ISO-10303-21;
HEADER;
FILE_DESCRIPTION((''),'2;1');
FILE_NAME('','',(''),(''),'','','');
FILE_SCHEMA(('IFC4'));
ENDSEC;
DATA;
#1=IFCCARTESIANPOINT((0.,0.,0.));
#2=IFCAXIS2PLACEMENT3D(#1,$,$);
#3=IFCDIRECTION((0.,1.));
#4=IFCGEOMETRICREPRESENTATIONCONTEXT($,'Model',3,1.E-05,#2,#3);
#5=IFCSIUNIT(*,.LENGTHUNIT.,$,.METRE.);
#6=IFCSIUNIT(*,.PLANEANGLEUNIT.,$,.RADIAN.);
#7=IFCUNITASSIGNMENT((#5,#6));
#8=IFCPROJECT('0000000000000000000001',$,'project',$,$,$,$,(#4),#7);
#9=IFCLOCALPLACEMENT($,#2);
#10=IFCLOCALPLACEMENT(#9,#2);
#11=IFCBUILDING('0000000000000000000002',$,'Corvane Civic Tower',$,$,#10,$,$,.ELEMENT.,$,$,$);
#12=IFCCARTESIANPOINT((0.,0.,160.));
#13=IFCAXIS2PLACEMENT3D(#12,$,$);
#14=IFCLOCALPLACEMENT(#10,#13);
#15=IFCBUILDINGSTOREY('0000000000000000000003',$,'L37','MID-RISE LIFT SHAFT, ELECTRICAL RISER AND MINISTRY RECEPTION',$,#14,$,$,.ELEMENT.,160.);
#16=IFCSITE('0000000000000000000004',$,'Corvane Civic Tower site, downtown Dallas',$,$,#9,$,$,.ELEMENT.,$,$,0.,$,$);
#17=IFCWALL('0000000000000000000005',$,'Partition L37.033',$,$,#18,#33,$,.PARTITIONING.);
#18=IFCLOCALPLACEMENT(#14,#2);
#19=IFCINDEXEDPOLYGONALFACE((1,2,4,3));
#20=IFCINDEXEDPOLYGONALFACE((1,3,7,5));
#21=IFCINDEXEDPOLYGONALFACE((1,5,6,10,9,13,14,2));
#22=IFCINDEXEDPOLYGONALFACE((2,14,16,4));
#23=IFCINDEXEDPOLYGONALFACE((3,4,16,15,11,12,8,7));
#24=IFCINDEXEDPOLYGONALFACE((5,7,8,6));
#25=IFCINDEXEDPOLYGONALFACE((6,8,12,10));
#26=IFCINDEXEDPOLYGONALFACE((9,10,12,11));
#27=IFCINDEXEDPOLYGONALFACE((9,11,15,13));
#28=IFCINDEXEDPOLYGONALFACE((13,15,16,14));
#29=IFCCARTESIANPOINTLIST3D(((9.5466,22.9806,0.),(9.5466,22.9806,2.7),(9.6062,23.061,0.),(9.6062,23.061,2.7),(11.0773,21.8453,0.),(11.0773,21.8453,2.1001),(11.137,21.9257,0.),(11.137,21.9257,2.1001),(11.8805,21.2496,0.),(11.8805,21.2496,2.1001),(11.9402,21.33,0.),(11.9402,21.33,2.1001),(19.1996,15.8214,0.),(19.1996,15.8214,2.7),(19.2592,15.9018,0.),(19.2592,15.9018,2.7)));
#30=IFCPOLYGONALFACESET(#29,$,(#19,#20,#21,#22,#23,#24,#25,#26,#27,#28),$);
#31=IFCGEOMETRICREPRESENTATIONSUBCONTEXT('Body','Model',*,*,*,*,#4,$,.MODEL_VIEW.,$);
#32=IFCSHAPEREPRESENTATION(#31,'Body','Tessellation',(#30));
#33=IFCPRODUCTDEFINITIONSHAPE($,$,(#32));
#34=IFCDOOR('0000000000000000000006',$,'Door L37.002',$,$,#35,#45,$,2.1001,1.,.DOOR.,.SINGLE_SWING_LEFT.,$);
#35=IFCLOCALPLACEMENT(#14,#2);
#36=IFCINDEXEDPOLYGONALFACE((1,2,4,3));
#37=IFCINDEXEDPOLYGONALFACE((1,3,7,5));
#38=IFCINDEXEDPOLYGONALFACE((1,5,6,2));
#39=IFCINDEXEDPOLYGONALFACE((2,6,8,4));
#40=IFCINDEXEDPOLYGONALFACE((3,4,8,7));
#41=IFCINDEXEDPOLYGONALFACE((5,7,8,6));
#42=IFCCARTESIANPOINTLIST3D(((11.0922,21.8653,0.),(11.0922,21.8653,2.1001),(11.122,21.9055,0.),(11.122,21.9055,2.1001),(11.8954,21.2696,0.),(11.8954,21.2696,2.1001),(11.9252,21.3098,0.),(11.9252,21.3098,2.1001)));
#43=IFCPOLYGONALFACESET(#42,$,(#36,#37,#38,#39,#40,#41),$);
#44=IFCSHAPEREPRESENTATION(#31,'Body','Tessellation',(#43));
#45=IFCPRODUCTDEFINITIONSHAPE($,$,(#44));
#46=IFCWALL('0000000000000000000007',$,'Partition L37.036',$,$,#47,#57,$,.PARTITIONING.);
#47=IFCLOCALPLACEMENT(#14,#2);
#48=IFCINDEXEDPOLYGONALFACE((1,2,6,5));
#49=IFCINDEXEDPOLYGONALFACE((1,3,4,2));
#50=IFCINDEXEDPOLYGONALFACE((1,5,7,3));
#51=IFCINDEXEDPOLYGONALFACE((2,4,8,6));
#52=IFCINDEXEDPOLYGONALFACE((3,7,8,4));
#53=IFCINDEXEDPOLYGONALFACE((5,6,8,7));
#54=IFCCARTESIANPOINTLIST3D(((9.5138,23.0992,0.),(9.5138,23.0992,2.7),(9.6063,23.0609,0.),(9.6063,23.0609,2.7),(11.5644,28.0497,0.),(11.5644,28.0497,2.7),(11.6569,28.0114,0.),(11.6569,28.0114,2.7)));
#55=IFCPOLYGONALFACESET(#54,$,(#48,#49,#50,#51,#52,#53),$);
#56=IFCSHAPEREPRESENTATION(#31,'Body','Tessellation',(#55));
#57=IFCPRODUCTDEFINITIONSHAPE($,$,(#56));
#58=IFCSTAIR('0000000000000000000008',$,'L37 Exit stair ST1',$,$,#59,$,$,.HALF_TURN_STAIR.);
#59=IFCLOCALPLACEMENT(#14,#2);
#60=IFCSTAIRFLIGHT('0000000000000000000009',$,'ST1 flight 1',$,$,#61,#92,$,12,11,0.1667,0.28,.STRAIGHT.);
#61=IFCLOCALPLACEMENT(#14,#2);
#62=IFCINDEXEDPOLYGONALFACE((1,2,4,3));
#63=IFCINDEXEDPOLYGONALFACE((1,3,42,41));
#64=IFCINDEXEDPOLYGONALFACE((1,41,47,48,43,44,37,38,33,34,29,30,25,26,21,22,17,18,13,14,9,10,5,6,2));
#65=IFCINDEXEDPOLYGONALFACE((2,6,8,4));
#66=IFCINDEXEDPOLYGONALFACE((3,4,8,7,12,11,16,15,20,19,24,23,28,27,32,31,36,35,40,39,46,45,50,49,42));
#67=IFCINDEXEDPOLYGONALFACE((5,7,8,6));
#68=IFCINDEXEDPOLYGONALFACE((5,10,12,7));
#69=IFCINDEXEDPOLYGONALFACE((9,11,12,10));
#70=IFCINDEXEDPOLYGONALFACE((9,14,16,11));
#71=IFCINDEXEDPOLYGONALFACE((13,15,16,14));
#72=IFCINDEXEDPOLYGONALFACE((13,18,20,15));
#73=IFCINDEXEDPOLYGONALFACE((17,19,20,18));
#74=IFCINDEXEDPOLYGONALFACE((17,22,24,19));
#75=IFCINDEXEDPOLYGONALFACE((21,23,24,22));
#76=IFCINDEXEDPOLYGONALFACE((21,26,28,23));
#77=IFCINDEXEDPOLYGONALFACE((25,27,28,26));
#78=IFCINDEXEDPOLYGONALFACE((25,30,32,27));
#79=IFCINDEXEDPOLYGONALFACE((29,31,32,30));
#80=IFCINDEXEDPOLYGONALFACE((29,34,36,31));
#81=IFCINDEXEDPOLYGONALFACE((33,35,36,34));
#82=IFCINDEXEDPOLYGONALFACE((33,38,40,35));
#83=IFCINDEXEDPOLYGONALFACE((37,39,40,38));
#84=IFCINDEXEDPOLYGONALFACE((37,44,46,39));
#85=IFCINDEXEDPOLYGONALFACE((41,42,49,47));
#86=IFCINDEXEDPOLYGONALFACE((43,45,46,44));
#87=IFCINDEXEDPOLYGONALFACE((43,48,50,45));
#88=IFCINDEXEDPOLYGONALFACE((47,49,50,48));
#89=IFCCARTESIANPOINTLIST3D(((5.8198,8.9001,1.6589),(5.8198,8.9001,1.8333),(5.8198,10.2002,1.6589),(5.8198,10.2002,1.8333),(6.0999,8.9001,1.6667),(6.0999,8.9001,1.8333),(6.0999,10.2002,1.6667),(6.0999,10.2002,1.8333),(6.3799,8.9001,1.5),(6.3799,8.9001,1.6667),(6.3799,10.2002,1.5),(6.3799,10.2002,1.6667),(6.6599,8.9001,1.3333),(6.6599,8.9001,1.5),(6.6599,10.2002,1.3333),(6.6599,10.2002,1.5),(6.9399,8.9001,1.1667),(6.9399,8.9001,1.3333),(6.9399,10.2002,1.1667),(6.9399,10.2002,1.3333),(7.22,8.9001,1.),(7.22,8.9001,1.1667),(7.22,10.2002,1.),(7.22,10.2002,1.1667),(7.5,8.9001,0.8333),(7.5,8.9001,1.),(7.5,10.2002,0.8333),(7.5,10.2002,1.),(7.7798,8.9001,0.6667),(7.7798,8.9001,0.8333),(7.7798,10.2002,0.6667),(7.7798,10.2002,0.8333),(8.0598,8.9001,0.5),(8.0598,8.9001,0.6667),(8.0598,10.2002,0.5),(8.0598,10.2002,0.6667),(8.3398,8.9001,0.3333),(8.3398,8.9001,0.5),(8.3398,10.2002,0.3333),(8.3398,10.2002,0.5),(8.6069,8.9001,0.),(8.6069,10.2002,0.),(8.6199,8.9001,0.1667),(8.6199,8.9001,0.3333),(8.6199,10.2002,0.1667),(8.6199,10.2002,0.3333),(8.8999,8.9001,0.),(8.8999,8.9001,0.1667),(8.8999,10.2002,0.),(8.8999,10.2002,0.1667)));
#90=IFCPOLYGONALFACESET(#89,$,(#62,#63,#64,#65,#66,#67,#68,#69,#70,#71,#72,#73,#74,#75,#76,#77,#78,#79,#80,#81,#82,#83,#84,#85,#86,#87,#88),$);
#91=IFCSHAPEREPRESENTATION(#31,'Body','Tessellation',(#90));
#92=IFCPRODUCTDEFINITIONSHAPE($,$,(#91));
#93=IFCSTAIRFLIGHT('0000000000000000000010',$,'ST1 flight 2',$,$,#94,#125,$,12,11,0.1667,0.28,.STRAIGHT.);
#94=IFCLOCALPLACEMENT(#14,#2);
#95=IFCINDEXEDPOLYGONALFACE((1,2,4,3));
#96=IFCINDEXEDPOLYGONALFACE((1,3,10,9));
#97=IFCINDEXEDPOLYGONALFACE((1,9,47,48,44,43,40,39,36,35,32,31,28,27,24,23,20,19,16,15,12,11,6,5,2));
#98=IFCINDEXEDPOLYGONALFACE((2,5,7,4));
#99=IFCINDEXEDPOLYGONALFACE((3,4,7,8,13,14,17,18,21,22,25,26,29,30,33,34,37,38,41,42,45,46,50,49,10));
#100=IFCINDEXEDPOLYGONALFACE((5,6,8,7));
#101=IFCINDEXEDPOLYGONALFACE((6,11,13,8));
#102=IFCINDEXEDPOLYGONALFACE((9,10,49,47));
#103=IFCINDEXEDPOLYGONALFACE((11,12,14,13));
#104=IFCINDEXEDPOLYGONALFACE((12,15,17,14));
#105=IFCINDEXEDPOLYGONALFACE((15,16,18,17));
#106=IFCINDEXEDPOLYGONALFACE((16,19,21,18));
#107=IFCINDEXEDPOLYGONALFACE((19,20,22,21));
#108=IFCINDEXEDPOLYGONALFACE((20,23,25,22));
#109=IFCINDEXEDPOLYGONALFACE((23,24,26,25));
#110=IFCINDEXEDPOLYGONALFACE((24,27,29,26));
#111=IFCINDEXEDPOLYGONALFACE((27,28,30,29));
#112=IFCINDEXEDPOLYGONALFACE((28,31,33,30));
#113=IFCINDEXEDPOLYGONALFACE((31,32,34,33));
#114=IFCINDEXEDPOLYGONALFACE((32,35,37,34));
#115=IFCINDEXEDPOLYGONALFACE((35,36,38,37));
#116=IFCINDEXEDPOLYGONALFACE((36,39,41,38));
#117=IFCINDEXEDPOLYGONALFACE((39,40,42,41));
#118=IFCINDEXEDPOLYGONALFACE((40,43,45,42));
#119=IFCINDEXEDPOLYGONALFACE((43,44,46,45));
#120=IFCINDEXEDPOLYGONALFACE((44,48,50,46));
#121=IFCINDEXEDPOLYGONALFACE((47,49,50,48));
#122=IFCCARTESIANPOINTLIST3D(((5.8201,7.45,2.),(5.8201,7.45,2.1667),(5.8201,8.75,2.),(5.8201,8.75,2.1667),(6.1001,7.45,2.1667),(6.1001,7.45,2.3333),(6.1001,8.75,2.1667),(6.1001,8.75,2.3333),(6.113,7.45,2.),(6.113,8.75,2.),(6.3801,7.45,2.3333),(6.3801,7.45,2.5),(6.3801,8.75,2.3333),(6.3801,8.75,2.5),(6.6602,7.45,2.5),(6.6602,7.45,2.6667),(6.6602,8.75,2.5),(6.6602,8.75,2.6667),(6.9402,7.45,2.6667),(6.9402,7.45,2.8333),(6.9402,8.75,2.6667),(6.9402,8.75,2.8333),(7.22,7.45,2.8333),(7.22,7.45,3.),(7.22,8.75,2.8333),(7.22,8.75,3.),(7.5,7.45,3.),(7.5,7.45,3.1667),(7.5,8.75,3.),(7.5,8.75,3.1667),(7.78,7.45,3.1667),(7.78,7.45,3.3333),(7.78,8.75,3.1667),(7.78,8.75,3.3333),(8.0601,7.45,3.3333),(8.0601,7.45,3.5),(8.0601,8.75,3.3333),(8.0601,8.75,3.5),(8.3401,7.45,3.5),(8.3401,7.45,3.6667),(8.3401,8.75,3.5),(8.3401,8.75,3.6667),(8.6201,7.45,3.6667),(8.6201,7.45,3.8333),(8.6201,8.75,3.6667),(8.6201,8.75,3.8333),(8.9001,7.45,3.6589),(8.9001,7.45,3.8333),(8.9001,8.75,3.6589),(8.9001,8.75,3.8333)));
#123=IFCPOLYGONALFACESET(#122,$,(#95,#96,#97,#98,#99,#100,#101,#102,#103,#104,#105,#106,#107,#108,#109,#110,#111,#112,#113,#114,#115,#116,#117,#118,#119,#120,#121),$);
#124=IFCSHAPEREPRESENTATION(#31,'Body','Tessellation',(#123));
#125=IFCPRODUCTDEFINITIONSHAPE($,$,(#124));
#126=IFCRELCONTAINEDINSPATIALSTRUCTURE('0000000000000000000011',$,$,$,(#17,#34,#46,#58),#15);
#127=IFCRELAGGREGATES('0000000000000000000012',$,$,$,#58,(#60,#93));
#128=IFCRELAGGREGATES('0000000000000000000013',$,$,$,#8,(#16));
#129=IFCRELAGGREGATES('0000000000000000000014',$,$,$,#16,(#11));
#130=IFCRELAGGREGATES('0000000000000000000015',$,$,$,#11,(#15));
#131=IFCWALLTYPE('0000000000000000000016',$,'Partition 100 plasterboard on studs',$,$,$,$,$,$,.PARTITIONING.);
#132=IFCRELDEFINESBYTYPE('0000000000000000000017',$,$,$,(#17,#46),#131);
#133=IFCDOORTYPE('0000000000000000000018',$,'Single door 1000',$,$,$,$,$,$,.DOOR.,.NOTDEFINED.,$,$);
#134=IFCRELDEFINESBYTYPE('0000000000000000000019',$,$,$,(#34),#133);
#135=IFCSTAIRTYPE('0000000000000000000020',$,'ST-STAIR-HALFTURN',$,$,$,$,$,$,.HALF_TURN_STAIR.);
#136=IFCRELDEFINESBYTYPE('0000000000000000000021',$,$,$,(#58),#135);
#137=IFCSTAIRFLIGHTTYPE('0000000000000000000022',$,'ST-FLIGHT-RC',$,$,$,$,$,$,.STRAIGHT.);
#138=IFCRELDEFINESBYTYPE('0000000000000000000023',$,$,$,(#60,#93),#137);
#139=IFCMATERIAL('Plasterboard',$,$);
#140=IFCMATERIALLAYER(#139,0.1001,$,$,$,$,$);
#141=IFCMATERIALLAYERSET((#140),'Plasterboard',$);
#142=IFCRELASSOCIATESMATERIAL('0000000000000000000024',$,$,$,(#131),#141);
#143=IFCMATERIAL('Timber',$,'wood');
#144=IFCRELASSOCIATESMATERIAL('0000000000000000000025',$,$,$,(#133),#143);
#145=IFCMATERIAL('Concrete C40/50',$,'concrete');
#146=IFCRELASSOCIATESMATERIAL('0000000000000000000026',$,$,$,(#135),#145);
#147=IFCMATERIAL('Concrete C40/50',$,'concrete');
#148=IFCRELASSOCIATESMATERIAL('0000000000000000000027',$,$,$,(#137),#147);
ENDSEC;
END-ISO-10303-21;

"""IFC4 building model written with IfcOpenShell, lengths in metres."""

from ifc_helpers import new_model, si_unit, direction, frame, frame_2d, origin, place, context, subcontext, project, spatial, polyline, rectangle, outline, extrude, material, layer, layer_set, type_object, element, fill, aggregate, save


model = new_model("IFC4")

# Units and contexts
model_context = context("Model", 3, precision=1e-05, world=origin(), true_north=direction((0.0, 1.0)))
body_context = subcontext(model_context, "Body", "Model", "MODEL_VIEW")
ifc_project = project(units=[si_unit("LENGTHUNIT", "METRE"), si_unit("PLANEANGLEUNIT", "RADIAN")], contexts=[model_context])

# Site, building, storey
site_placement = place(None, origin())
site = spatial("IfcSite", under=ifc_project, at=site_placement, Name="Corvane Civic Tower site, downtown Dallas", CompositionType="ELEMENT", RefElevation=0.0)
building_placement = place(site_placement, origin())
building = spatial("IfcBuilding", under=site, at=building_placement, Name="Corvane Civic Tower", CompositionType="ELEMENT")
storey_placement = place(building_placement, frame((0.0, 0.0, 160.0)))
storey = spatial("IfcBuildingStorey", under=building, at=storey_placement, Name="L37", Description="MID-RISE LIFT SHAFT, ELECTRICAL RISER AND MINISTRY RECEPTION", CompositionType="ELEMENT", Elevation=160.0)

# Shared definitions
ifc_material_1 = material(Name="Plasterboard")
ifc_layer_1 = layer(ifc_material_1, 0.1001)
ifc_layer_set_1 = layer_set([ifc_layer_1], Name="Plasterboard")
wall_type = type_object("IfcWallType", Name="Partition 100 plasterboard on studs", PredefinedType="PARTITIONING", material=ifc_layer_set_1)

# Wall, opening, door
wall_1_placement = place(storey_placement, frame((9.5764, 23.0208, 0.0), z_axis=(0.0, 0.0, 1.0), x_axis=(0.803209, -0.595698, 0.0)))
wall_1 = element("IfcWall", 1, at=wall_1_placement, inside=storey, type_object=wall_type, Name="Partition L37.033", PredefinedType="PARTITIONING", context=body_context, shape_type="SweptSolid", body=[
    extrude(rectangle(XDim=12.0181, YDim=0.1001, at=frame_2d((6.009, 0.0))), origin(), (0.0, 0.0, 1.0), 2.7),
])
opening_placement = place(wall_1_placement, frame((1.9058, 0.0, 0.0)))
opening = element("IfcOpeningElement", 2, at=opening_placement, cuts=wall_1, PredefinedType="OPENING", context=body_context, shape_type="SweptSolid", body=[
    extrude(rectangle(XDim=1.0, YDim=2.1001, at=frame_2d((0.5, 1.05))), frame((0.0, 0.0601, 0.0), z_axis=(0.0, -1.0, 0.0), x_axis=(1.0, 0.0, 0.0)), (0.0, 0.0, 1.0), 0.1201),
])
ifc_material_2 = material(Name="Timber", Category="wood")
door_type = type_object("IfcDoorType", Name="Single door 1000", OperationType="NOTDEFINED", PredefinedType="DOOR", material=ifc_material_2)
door_placement = place(opening_placement, origin())
door = element("IfcDoor", 3, at=door_placement, inside=storey, type_object=door_type, Name="Door L37.002", OperationType="SINGLE_SWING_LEFT", OverallHeight=2.1001, OverallWidth=1.0, PredefinedType="DOOR", context=body_context, shape_type="SweptSolid", body=[
    extrude(rectangle(XDim=1.0, YDim=2.1001, at=frame_2d((0.5, 1.05))), frame((0.0, 0.0249, 0.0), z_axis=(0.0, -1.0, 0.0), x_axis=(1.0, 0.0, 0.0)), (0.0, 0.0, 1.0), 0.05),
])
fill(opening, door)

# Wall
wall_2_placement = place(storey_placement, frame((9.5601, 23.0801, 0.0), z_axis=(0.0, 0.0, 1.0), x_axis=(0.382683, 0.92388, 0.0)))
element("IfcWall", 4, at=wall_2_placement, inside=storey, type_object=wall_type, Name="Partition L37.036", PredefinedType="PARTITIONING", context=body_context, shape_type="SweptSolid", body=[
    extrude(rectangle(XDim=5.3584, YDim=0.1001, at=frame_2d((2.6792, 0.0))), origin(), (0.0, 0.0, 1.0), 2.7),
])

# Stair, stair flights
ifc_material_3 = material(Name="Concrete C40/50", Category="concrete")
stair_type = type_object("IfcStairType", Name="ST-STAIR-HALFTURN", PredefinedType="HALF_TURN_STAIR", material=ifc_material_3)
stair_placement = place(storey_placement, origin())
stair = element("IfcStair", 5, at=stair_placement, inside=storey, type_object=stair_type, Name="L37 Exit stair ST1", PredefinedType="HALF_TURN_STAIR")
ifc_material_4 = material(Name="Concrete C40/50", Category="concrete")
stair_flight_type = type_object("IfcStairFlightType", Name="ST-FLIGHT-RC", PredefinedType="STRAIGHT", material=ifc_material_4)
stair_flight_1_placement = place(storey_placement, frame((8.8999, 9.55, 0.0), z_axis=(0.0, 0.0, 1.0), x_axis=(-1.0, 0.0, 0.0)))
stair_flight_1 = element("IfcStairFlight", 6, at=stair_flight_1_placement, type_object=stair_flight_type, Name="ST1 flight 1", NumberOfRisers=12, NumberOfTreads=11, PredefinedType="STRAIGHT", RiserHeight=0.1667, TreadLength=0.28, context=body_context, shape_type="SweptSolid", body=[
    extrude(outline(polyline([(0.0, 0.0), (0.0, 0.1667), (0.28, 0.1667), (0.28, 0.3333), (0.5601, 0.3333), (0.5601, 0.5), (0.8401, 0.5), (0.8401, 0.6667), (1.1201, 0.6667), (1.1201, 0.8333), (1.3999, 0.8333), (1.3999, 1.0), (1.6799, 1.0), (1.6799, 1.1667), (1.96, 1.1667), (1.96, 1.3333), (2.24, 1.3333), (2.24, 1.5), (2.52, 1.5), (2.52, 1.6667), (2.8, 1.6667), (2.8, 1.8333), (3.0801, 1.8333), (3.0801, 2.0), (3.0801, 1.6589), (0.293, 0.0), (0.0, 0.0)])), frame((0.0, 0.6499, 0.0), z_axis=(0.0, -1.0, 0.0), x_axis=(1.0, 0.0, 0.0)), (0.0, 0.0, 1.0), 1.3),
])
stair_flight_2_placement = place(storey_placement, frame((5.8201, 8.1001, 2.0), z_axis=(0.0, 0.0, 1.0), x_axis=(1.0, 0.0, 0.0)))
stair_flight_2 = element("IfcStairFlight", 7, at=stair_flight_2_placement, type_object=stair_flight_type, Name="ST1 flight 2", NumberOfRisers=12, NumberOfTreads=11, PredefinedType="STRAIGHT", RiserHeight=0.1667, TreadLength=0.28, context=body_context, shape_type="SweptSolid", body=[
    extrude(outline(polyline([(0.0, 0.0), (0.0, 0.1667), (0.28, 0.1667), (0.28, 0.3333), (0.5601, 0.3333), (0.5601, 0.5), (0.8401, 0.5), (0.8401, 0.6667), (1.1201, 0.6667), (1.1201, 0.8333), (1.3999, 0.8333), (1.3999, 1.0), (1.6799, 1.0), (1.6799, 1.1667), (1.96, 1.1667), (1.96, 1.3333), (2.24, 1.3333), (2.24, 1.5), (2.52, 1.5), (2.52, 1.6667), (2.8, 1.6667), (2.8, 1.8333), (3.0801, 1.8333), (3.0801, 2.0), (3.0801, 1.6589), (0.293, 0.0), (0.0, 0.0)])), frame((0.0, 0.6499, 0.0), z_axis=(0.0, -1.0, 0.0), x_axis=(1.0, 0.0, 0.0)), (0.0, 0.0, 1.0), 1.3),
])
aggregate(stair, [stair_flight_1, stair_flight_2])

save(model, "model.ifc")
